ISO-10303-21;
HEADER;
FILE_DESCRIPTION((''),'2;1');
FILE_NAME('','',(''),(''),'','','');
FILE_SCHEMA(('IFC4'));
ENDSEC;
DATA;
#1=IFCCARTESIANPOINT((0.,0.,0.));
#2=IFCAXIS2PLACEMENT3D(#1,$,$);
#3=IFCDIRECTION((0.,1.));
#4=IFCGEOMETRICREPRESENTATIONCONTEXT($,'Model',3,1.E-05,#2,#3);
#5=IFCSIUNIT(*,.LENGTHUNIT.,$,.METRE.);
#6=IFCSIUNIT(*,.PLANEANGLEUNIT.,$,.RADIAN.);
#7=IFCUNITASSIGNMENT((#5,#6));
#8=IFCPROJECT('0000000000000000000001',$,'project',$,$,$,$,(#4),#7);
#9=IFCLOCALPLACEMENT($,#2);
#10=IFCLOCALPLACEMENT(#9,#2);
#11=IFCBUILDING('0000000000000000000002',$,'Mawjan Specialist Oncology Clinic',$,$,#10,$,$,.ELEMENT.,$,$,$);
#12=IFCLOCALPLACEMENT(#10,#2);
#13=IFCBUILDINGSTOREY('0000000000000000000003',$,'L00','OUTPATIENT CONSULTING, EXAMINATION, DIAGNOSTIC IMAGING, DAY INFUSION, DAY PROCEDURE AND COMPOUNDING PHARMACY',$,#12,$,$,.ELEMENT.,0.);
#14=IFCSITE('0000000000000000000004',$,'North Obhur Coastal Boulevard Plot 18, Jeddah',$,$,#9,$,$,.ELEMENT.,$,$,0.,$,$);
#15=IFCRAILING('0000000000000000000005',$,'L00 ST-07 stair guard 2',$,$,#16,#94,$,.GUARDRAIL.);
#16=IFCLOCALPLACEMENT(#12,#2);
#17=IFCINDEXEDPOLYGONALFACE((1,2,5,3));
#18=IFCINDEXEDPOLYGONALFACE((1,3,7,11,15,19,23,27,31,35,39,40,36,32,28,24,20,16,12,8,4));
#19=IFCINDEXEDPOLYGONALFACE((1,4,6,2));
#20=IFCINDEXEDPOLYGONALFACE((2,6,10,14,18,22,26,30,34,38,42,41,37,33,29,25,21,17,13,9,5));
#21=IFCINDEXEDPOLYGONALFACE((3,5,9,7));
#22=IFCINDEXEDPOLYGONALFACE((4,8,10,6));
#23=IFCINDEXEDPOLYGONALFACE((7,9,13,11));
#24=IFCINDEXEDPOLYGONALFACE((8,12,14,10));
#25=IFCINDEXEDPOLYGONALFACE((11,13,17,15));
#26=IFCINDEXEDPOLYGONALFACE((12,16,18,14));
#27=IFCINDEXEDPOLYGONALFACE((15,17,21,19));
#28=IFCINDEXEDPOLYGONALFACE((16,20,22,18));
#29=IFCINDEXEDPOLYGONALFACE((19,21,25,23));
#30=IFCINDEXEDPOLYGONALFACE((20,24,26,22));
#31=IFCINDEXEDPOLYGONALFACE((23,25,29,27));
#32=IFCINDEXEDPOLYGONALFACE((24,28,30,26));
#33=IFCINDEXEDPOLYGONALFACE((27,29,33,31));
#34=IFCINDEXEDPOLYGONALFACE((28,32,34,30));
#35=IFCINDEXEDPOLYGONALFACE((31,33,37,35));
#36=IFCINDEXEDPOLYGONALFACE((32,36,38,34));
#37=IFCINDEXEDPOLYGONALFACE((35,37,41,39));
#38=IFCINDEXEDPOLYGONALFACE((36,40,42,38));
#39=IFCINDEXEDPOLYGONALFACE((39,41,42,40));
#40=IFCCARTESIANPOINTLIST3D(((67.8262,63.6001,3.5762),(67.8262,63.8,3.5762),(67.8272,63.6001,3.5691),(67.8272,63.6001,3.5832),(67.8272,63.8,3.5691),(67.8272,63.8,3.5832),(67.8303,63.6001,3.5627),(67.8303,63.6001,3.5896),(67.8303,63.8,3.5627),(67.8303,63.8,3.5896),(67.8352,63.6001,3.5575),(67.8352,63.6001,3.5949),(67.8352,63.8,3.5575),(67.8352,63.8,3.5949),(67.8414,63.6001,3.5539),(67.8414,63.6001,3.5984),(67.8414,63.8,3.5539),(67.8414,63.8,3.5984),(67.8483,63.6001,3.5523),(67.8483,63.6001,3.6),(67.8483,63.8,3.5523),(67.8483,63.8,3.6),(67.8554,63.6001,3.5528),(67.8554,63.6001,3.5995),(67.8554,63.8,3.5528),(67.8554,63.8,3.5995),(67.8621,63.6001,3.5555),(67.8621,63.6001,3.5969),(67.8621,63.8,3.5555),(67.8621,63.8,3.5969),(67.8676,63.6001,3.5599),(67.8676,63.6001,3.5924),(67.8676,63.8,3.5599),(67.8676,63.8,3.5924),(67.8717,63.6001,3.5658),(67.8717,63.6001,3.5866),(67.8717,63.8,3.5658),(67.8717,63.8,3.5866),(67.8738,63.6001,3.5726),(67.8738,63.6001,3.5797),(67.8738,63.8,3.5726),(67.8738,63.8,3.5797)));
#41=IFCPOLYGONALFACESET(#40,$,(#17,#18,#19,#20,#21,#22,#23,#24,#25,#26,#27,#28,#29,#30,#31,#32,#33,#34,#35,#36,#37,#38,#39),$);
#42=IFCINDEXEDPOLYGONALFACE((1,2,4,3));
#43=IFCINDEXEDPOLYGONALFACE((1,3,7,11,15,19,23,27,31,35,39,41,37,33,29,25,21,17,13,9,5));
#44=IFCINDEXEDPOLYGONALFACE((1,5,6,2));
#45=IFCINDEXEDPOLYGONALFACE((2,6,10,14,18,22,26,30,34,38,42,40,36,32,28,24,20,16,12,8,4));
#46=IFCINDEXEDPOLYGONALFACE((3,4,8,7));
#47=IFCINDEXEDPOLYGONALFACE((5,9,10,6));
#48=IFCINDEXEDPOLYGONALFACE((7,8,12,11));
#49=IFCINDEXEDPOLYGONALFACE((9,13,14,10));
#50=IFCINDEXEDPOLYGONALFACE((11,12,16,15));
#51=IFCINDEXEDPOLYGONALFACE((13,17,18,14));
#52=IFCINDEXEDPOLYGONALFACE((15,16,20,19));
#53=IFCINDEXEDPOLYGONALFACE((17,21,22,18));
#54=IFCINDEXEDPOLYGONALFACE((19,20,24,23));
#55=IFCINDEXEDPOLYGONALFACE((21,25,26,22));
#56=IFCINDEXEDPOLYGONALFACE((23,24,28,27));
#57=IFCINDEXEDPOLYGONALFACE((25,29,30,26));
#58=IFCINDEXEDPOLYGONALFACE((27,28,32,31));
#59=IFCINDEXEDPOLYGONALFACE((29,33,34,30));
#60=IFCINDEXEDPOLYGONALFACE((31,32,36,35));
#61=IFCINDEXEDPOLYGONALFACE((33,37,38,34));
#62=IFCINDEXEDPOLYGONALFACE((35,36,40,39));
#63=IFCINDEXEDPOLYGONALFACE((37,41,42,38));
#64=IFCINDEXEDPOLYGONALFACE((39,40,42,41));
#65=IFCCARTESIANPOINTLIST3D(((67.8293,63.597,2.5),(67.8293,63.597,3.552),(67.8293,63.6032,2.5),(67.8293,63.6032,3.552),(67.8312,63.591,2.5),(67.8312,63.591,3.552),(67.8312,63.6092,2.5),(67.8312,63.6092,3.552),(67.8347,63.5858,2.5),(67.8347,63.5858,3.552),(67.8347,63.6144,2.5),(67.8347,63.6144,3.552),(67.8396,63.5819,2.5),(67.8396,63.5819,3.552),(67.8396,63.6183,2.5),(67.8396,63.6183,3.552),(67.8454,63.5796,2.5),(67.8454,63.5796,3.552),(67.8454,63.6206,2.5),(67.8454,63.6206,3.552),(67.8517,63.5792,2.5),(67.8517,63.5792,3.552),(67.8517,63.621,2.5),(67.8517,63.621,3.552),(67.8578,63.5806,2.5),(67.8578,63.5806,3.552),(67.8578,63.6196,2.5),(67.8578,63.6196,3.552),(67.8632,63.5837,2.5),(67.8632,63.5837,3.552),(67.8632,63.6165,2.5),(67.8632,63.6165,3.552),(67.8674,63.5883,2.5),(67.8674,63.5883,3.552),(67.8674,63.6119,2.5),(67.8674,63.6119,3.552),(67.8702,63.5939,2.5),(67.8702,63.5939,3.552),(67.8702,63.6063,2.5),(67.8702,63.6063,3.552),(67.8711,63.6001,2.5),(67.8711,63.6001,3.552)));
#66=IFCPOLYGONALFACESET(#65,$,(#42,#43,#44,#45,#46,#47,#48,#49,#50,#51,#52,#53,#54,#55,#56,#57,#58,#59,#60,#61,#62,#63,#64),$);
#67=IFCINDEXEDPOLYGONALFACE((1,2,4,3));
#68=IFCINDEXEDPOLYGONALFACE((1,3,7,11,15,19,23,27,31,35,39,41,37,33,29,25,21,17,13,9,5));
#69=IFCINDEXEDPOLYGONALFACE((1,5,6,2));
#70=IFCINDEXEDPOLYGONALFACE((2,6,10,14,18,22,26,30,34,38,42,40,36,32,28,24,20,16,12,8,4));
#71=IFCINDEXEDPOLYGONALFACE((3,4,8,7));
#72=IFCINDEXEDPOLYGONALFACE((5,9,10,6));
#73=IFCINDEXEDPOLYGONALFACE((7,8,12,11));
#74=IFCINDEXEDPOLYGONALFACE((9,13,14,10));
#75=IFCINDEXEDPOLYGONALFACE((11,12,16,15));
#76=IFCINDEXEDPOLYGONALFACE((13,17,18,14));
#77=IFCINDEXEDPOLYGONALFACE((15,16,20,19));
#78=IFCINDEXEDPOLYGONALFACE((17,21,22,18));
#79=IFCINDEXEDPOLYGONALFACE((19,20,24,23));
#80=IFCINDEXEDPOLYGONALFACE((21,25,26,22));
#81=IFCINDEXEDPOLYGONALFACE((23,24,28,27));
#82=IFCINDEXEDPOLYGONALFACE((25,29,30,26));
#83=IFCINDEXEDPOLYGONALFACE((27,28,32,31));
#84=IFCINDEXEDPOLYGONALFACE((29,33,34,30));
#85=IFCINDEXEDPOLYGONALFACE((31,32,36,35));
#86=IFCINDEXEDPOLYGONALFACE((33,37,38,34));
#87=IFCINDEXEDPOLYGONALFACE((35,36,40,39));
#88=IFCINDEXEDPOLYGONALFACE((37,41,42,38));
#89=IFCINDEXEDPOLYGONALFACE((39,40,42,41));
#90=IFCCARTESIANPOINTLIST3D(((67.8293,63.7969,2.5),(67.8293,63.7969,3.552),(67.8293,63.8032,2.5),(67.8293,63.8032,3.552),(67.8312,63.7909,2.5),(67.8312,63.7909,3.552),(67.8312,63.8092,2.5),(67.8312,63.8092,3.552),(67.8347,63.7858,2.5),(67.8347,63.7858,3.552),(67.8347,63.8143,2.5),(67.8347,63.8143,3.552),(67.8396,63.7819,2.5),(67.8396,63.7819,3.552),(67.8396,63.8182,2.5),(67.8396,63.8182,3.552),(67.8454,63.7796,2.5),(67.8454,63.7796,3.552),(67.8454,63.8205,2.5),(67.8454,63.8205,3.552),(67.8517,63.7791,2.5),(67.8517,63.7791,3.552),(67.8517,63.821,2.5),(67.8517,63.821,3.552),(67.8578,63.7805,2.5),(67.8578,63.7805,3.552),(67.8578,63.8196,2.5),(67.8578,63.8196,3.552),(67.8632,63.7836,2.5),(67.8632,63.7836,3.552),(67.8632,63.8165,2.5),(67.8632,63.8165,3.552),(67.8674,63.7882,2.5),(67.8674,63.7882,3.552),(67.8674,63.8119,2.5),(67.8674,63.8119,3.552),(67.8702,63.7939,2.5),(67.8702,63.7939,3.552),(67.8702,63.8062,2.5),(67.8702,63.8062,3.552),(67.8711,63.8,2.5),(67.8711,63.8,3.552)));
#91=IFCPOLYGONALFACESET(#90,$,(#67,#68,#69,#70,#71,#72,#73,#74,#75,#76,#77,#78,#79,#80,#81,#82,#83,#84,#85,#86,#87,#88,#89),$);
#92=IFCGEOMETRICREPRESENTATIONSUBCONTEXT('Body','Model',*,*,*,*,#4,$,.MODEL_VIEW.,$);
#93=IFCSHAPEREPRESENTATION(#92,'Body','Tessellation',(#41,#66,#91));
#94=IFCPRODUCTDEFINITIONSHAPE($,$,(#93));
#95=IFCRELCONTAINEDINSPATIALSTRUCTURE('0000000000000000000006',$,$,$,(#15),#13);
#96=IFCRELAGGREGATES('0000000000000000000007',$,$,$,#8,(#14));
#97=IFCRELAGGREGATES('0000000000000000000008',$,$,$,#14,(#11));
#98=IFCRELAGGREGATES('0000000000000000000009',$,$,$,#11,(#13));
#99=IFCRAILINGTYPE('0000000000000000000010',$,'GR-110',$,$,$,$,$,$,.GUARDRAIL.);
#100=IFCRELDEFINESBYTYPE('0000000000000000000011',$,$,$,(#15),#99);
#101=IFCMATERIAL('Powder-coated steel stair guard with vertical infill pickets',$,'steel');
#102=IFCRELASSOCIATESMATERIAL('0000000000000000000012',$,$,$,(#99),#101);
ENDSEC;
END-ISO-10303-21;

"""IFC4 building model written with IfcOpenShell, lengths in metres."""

from ifc_helpers import new_model, si_unit, direction, frame, origin, origin_2d, place, context, subcontext, project, spatial, circle, extrude, material, type_object, element, save


model = new_model("IFC4")

# Units and contexts
model_context = context("Model", 3, precision=1e-05, world=origin(), true_north=direction((0.0, 1.0)))
body_context = subcontext(model_context, "Body", "Model", "MODEL_VIEW")
ifc_project = project(units=[si_unit("LENGTHUNIT", "METRE"), si_unit("PLANEANGLEUNIT", "RADIAN")], contexts=[model_context])

# Site, building, storey
site_placement = place(None, origin())
site = spatial("IfcSite", under=ifc_project, at=site_placement, Name="North Obhur Coastal Boulevard Plot 18, Jeddah", CompositionType="ELEMENT", RefElevation=0.0)
building_placement = place(site_placement, origin())
building = spatial("IfcBuilding", under=site, at=building_placement, Name="Mawjan Specialist Oncology Clinic", CompositionType="ELEMENT")
storey_placement = place(building_placement, origin())
storey = spatial("IfcBuildingStorey", under=building, at=storey_placement, Name="L00", Description="OUTPATIENT CONSULTING, EXAMINATION, DIAGNOSTIC IMAGING, DAY INFUSION, DAY PROCEDURE AND COMPOUNDING PHARMACY", CompositionType="ELEMENT", Elevation=0.0)

# Railing
ifc_material_1 = material(Name="Powder-coated steel stair guard with vertical infill pickets", Category="steel")
railing_type_1 = type_object("IfcRailingType", Name="GR-110", PredefinedType="GUARDRAIL", material=ifc_material_1)
railing_1_placement = place(storey_placement, frame((67.8501, 63.6001, 2.5)))
element("IfcRailing", 1, at=railing_1_placement, inside=storey, type_object=railing_type_1, Name="L00 ST-07 stair guard 2", PredefinedType="GUARDRAIL", context=body_context, shape_type="SweptSolid", body=[
    extrude(circle(Radius=0.0239, at=origin_2d()), frame((0.0, 0.0, 1.0762), z_axis=(0.0, 1.0, 0.0), x_axis=(-1.0, 0.0, 0.0)), (0.0, 0.0, 1.0), 0.2),
    extrude(circle(Radius=0.021, at=origin_2d()), origin(), (0.0, 0.0, 1.0), 1.052),
    extrude(circle(Radius=0.021, at=origin_2d()), frame((0.0, 0.2, 0.0)), (0.0, 0.0, 1.0), 1.052),
])

save(model, "model.ifc")
